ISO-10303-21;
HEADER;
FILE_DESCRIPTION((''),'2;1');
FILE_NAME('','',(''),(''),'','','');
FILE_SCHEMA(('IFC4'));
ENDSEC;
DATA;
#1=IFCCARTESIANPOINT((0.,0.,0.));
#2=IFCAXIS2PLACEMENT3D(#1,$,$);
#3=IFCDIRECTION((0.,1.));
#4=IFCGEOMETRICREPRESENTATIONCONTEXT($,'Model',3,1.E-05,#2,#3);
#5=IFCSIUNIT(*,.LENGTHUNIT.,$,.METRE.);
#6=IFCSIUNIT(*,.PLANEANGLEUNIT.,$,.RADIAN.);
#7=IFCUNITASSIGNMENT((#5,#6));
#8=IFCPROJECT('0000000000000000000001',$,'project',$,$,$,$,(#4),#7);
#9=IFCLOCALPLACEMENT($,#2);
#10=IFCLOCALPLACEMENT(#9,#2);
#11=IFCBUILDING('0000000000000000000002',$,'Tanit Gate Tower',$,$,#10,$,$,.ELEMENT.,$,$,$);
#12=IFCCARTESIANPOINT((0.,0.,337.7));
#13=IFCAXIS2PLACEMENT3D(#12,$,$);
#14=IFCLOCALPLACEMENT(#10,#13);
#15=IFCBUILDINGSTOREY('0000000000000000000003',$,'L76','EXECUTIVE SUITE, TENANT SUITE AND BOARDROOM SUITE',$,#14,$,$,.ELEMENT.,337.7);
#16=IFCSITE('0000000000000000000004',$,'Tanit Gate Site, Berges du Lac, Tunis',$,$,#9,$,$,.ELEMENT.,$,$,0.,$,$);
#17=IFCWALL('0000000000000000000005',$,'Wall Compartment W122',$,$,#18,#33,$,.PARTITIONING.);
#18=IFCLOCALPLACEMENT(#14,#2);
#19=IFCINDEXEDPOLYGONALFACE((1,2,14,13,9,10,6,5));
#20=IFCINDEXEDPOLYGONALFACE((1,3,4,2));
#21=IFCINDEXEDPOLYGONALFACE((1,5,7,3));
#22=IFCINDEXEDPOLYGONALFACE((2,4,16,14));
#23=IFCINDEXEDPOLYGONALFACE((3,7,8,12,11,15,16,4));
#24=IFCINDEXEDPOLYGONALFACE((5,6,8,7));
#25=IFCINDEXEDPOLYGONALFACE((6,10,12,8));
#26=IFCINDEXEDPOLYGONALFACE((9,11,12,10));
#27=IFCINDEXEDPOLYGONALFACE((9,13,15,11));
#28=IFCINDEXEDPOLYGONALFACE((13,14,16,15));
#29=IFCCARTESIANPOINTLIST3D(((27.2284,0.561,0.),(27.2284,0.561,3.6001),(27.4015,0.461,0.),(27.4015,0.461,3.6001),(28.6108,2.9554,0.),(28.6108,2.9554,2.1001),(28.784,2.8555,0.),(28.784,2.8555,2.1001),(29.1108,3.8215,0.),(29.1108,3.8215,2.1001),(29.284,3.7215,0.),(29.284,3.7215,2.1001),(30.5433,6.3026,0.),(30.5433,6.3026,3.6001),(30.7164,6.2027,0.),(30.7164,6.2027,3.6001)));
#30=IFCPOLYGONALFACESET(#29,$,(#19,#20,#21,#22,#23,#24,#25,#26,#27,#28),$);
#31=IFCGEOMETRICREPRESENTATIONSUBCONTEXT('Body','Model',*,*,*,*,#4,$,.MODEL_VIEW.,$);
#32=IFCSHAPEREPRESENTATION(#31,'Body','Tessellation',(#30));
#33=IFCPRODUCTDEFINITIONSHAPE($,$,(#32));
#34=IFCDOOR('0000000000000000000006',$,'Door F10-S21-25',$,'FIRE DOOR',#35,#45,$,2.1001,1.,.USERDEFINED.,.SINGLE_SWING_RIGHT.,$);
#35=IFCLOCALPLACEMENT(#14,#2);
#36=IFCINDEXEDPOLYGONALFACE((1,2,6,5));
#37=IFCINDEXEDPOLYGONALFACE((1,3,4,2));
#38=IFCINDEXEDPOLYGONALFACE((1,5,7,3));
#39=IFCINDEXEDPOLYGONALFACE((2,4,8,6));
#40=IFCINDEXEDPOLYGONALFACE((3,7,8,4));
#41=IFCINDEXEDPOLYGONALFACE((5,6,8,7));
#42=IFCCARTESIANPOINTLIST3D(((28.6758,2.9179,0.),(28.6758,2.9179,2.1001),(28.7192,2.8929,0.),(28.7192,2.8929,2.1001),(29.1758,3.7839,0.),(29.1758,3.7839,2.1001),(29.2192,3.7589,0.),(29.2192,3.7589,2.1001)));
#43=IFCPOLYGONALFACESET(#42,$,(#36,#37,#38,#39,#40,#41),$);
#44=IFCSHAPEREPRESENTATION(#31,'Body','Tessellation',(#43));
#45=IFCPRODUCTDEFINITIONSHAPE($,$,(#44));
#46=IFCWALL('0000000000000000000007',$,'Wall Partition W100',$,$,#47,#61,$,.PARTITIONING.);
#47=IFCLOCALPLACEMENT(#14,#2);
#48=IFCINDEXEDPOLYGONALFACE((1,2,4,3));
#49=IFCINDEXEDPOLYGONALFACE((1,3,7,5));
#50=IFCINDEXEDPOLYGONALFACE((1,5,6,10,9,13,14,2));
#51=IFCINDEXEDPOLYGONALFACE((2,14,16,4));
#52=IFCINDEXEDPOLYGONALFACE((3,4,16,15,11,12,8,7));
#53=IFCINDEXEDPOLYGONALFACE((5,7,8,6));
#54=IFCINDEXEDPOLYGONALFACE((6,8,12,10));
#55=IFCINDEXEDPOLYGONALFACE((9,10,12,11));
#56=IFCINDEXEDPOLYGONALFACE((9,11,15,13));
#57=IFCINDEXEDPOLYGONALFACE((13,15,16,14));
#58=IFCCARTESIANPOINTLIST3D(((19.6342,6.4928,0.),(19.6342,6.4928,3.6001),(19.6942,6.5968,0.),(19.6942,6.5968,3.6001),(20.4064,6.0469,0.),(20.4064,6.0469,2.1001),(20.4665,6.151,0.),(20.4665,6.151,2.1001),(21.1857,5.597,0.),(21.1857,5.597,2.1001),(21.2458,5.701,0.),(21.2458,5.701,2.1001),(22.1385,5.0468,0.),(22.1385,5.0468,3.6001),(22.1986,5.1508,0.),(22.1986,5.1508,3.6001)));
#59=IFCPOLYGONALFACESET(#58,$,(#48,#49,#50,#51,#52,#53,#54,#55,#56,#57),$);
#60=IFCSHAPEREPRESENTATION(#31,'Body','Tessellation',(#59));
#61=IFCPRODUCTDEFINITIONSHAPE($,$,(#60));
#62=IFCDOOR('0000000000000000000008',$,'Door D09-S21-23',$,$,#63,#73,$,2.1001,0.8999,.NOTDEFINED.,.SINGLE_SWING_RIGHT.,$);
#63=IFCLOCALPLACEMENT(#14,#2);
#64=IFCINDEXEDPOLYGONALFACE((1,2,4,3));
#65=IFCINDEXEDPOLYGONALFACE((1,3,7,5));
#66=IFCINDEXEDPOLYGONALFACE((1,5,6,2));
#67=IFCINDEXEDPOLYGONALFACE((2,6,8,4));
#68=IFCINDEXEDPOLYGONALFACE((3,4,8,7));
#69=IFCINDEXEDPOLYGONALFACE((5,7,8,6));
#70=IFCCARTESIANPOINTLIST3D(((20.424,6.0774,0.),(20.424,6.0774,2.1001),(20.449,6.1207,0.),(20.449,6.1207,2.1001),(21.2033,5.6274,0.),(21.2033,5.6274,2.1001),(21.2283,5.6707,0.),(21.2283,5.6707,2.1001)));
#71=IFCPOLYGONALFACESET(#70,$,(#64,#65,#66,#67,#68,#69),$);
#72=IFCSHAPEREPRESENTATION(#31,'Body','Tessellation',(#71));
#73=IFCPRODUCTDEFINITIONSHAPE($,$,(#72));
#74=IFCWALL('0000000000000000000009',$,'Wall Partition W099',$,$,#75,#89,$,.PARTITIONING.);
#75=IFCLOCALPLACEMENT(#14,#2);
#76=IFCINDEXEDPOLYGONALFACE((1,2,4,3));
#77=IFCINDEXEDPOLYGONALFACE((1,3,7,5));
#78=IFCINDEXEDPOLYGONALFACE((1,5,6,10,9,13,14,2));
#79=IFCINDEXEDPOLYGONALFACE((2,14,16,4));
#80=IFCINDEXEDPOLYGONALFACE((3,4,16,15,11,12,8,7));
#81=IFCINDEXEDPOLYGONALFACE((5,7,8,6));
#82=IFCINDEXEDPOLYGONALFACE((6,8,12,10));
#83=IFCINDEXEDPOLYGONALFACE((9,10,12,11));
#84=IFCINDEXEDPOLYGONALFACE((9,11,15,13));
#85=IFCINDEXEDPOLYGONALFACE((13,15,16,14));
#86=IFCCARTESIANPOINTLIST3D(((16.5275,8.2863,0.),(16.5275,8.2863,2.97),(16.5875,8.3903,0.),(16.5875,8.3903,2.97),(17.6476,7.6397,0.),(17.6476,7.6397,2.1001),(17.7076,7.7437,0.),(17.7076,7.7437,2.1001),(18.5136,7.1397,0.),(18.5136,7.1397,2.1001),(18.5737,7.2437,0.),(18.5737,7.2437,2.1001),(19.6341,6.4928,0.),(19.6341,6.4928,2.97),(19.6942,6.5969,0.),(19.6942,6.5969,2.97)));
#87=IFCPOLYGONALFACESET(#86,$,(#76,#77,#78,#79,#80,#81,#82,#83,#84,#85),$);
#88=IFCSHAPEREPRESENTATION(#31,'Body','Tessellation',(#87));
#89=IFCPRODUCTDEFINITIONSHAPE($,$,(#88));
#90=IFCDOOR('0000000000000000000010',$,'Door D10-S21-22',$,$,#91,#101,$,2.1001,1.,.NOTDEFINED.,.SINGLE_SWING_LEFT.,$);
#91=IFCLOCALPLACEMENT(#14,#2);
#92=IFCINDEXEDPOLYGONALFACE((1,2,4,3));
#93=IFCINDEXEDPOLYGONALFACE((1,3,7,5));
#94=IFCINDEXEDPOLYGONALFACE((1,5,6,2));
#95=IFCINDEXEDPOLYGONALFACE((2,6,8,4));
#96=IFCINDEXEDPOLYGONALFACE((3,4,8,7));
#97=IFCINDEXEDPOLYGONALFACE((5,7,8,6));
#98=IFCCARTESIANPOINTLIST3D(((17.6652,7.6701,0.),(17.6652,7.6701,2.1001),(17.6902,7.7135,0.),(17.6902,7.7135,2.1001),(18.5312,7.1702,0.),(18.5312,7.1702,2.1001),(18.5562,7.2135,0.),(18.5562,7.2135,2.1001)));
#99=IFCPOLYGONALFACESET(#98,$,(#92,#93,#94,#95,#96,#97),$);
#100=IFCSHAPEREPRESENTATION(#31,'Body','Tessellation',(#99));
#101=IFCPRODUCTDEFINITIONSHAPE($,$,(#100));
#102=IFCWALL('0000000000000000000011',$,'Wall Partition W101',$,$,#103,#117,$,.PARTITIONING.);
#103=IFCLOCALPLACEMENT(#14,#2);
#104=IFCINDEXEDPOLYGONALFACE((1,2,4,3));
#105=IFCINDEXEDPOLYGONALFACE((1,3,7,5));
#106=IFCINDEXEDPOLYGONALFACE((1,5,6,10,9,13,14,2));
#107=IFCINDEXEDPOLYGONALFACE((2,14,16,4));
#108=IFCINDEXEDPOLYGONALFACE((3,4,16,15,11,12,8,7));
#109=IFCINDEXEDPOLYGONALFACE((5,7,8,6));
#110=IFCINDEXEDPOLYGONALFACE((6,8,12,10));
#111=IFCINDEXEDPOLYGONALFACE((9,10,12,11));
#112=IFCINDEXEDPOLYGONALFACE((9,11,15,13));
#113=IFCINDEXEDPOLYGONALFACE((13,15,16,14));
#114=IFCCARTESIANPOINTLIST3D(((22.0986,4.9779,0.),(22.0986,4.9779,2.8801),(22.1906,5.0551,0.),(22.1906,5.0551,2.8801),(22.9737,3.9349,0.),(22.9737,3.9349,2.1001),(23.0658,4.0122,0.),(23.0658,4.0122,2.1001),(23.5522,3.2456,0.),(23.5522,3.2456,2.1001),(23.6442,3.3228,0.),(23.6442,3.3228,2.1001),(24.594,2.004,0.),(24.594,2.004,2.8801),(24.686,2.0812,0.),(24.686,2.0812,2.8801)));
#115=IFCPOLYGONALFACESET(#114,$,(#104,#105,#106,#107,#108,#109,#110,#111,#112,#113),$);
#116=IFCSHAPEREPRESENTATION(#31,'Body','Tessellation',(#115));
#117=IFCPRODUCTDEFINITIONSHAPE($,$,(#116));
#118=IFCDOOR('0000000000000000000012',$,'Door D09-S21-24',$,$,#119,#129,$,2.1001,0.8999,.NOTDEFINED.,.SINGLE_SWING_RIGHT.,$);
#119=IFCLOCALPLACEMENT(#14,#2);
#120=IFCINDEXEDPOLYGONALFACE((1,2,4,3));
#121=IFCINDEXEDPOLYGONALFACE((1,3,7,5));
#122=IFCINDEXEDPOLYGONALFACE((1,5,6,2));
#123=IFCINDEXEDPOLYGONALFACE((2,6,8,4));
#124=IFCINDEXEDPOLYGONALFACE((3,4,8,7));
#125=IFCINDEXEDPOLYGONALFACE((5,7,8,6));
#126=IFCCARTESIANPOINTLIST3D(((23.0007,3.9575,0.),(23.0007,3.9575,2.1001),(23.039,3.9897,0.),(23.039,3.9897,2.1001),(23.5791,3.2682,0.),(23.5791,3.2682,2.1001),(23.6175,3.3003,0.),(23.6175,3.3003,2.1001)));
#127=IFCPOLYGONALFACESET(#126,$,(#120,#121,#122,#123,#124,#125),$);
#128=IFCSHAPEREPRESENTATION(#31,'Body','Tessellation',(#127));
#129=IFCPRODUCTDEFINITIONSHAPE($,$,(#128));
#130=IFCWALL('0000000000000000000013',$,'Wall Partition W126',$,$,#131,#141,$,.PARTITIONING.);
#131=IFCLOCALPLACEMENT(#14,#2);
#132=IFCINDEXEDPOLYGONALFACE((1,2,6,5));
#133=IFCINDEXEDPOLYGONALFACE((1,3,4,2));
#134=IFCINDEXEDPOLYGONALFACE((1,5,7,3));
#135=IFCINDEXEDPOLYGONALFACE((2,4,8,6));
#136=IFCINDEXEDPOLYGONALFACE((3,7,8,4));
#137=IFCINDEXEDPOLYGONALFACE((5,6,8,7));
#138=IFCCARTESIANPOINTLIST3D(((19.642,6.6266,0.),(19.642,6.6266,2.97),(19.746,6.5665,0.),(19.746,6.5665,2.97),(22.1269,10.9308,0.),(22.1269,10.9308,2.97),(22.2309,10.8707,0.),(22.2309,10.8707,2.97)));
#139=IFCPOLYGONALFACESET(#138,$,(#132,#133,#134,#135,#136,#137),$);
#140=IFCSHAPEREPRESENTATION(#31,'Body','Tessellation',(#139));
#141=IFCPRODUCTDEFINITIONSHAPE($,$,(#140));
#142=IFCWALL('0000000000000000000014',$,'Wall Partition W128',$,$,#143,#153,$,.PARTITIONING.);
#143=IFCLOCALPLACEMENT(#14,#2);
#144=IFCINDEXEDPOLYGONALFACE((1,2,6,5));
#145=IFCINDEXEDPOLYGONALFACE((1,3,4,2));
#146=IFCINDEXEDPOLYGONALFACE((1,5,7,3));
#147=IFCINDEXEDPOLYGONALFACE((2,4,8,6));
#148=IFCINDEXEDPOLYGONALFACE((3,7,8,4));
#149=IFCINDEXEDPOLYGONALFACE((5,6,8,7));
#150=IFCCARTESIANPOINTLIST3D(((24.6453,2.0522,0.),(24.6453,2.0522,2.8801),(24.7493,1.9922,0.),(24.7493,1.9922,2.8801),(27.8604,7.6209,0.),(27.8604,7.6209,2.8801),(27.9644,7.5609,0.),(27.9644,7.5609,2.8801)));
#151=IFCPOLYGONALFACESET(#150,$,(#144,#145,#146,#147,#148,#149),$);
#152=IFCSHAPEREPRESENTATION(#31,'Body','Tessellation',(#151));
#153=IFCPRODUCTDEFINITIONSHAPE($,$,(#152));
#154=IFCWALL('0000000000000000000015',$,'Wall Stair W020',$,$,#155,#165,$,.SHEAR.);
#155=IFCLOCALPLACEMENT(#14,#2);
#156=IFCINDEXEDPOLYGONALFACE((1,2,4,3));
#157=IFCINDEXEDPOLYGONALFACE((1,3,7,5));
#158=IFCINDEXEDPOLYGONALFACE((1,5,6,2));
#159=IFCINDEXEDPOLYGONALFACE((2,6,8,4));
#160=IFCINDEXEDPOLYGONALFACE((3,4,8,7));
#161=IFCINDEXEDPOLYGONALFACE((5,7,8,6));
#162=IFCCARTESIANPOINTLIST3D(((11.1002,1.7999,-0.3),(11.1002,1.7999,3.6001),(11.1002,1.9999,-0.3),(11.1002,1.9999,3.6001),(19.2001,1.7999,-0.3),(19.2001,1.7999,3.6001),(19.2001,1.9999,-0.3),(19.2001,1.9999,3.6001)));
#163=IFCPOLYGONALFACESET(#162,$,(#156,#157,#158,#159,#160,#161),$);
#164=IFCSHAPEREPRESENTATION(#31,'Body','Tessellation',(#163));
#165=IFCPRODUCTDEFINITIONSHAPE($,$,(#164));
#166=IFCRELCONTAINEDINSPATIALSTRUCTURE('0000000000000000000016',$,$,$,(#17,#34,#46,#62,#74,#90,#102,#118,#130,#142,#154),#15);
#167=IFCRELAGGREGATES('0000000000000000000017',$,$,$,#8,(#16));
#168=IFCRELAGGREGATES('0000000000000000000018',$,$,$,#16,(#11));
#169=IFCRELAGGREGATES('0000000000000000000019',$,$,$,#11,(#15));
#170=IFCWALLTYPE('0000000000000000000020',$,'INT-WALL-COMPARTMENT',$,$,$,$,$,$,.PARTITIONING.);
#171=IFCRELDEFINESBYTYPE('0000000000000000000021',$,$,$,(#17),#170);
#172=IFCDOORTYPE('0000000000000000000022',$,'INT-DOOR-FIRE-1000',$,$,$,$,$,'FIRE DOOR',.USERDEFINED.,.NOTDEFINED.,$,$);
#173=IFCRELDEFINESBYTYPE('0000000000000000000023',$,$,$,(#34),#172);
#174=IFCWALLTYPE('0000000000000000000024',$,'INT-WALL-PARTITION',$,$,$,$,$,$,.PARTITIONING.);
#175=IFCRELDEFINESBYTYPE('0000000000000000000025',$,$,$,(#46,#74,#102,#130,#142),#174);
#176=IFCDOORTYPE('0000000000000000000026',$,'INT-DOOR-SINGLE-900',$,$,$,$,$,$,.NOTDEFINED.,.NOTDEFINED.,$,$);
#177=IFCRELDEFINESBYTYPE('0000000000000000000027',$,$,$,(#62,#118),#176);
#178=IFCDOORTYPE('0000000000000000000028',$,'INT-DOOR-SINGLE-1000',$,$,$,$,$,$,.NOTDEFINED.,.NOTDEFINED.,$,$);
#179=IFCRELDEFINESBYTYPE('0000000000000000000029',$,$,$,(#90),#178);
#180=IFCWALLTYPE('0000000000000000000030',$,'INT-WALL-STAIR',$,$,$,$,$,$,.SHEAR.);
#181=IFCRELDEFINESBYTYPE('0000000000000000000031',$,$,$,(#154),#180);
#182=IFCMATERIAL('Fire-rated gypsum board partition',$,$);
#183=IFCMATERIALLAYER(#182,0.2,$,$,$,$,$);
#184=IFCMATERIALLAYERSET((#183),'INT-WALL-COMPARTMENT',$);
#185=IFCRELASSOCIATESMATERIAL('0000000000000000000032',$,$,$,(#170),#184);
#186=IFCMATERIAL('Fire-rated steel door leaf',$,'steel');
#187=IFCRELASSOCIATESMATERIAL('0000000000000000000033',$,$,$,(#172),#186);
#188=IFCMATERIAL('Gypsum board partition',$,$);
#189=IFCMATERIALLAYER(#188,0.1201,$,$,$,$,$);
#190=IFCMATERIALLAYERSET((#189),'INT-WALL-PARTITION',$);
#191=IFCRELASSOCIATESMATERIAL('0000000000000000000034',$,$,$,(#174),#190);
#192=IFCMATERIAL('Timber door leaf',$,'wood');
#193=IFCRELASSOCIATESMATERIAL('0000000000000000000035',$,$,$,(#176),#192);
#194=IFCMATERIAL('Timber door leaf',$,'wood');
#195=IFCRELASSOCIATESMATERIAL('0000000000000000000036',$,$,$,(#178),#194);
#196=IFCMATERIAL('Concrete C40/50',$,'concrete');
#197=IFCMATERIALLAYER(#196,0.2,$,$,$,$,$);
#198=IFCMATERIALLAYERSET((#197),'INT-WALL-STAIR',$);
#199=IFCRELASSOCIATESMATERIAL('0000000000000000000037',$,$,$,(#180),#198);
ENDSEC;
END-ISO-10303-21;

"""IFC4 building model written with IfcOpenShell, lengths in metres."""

from ifc_helpers import new_model, si_unit, direction, frame, frame_2d, origin, place, context, subcontext, project, spatial, rectangle, extrude, material, layer, layer_set, type_object, element, fill, save


model = new_model("IFC4")

# Units and contexts
model_context = context("Model", 3, precision=1e-05, world=origin(), true_north=direction((0.0, 1.0)))
body_context = subcontext(model_context, "Body", "Model", "MODEL_VIEW")
ifc_project = project(units=[si_unit("LENGTHUNIT", "METRE"), si_unit("PLANEANGLEUNIT", "RADIAN")], contexts=[model_context])

# Site, building, storey
site_placement = place(None, origin())
site = spatial("IfcSite", under=ifc_project, at=site_placement, Name="Tanit Gate Site, Berges du Lac, Tunis", CompositionType="ELEMENT", RefElevation=0.0)
building_placement = place(site_placement, origin())
building = spatial("IfcBuilding", under=site, at=building_placement, Name="Tanit Gate Tower", CompositionType="ELEMENT")
storey_placement = place(building_placement, frame((0.0, 0.0, 337.7)))
storey = spatial("IfcBuildingStorey", under=building, at=storey_placement, Name="L76", Description="EXECUTIVE SUITE, TENANT SUITE AND BOARDROOM SUITE", CompositionType="ELEMENT", Elevation=337.7)

# Shared definitions
ifc_material_1 = material(Name="Fire-rated gypsum board partition")
ifc_layer_1 = layer(ifc_material_1, 0.2)
ifc_layer_set_1 = layer_set([ifc_layer_1], Name="INT-WALL-COMPARTMENT")
wall_type_1 = type_object("IfcWallType", Name="INT-WALL-COMPARTMENT", PredefinedType="PARTITIONING", material=ifc_layer_set_1)

# Walls, openings, doors
wall_1_placement = place(storey_placement, frame((27.3149, 0.511, 0.0), z_axis=(0.0, 0.0, 1.0), x_axis=(0.499997, 0.866027, 0.0)))
wall_1 = element("IfcWall", 1, at=wall_1_placement, inside=storey, type_object=wall_type_1, Name="Wall Compartment W122", PredefinedType="PARTITIONING", context=body_context, shape_type="SweptSolid", body=[
    extrude(rectangle(XDim=6.6299, YDim=0.2, at=frame_2d((3.3149, 0.0))), origin(), (0.0, 0.0, 1.0), 3.6001),
])
opening_1_placement = place(wall_1_placement, frame((2.7649, 0.0, 0.0)))
opening_1 = element("IfcOpeningElement", 2, at=opening_1_placement, cuts=wall_1, PredefinedType="OPENING", context=body_context, shape_type="SweptSolid", body=[
    extrude(rectangle(XDim=1.0, YDim=2.1001, at=frame_2d((0.5, 1.05))), frame((0.0, 0.1099, 0.0), z_axis=(0.0, -1.0, 0.0), x_axis=(1.0, 0.0, 0.0)), (0.0, 0.0, 1.0), 0.22),
])
ifc_material_2 = material(Name="Fire-rated steel door leaf", Category="steel")
door_type_1 = type_object("IfcDoorType", Name="INT-DOOR-FIRE-1000", ElementType="FIRE DOOR", OperationType="NOTDEFINED", PredefinedType="USERDEFINED", material=ifc_material_2)
door_1_placement = place(opening_1_placement, origin())
door_1 = element("IfcDoor", 3, at=door_1_placement, inside=storey, type_object=door_type_1, Name="Door F10-S21-25", ObjectType="FIRE DOOR", OperationType="SINGLE_SWING_RIGHT", OverallHeight=2.1001, OverallWidth=1.0, PredefinedType="USERDEFINED", context=body_context, shape_type="SweptSolid", body=[
    extrude(rectangle(XDim=1.0, YDim=2.1001, at=frame_2d((0.5, 1.05))), frame((0.0, 0.0249, 0.0), z_axis=(0.0, -1.0, 0.0), x_axis=(1.0, 0.0, 0.0)), (0.0, 0.0, 1.0), 0.05),
])
fill(opening_1, door_1)
ifc_material_3 = material(Name="Gypsum board partition")
ifc_layer_2 = layer(ifc_material_3, 0.1201)
ifc_layer_set_2 = layer_set([ifc_layer_2], Name="INT-WALL-PARTITION")
wall_type_2 = type_object("IfcWallType", Name="INT-WALL-PARTITION", PredefinedType="PARTITIONING", material=ifc_layer_set_2)
wall_2_placement = place(storey_placement, frame((22.1685, 5.0989, 0.0), z_axis=(0.0, 0.0, 1.0), x_axis=(-0.866006, 0.500034, 0.0)))
wall_2 = element("IfcWall", 4, at=wall_2_placement, inside=storey, type_object=wall_type_2, Name="Wall Partition W100", PredefinedType="PARTITIONING", context=body_context, shape_type="SweptSolid", body=[
    extrude(rectangle(XDim=2.8918, YDim=0.1201, at=frame_2d((1.4458, 0.0))), origin(), (0.0, 0.0, 1.0), 3.6001),
])
opening_2_placement = place(wall_2_placement, frame((1.1001, 0.0, 0.0)))
opening_2 = element("IfcOpeningElement", 5, at=opening_2_placement, cuts=wall_2, PredefinedType="OPENING", context=body_context, shape_type="SweptSolid", body=[
    extrude(rectangle(XDim=0.8999, YDim=2.1001, at=frame_2d((0.45, 1.05))), frame((0.0, 0.0701, 0.0), z_axis=(0.0, -1.0, 0.0), x_axis=(1.0, 0.0, 0.0)), (0.0, 0.0, 1.0), 0.1401),
])
ifc_material_4 = material(Name="Timber door leaf", Category="wood")
door_type_2 = type_object("IfcDoorType", Name="INT-DOOR-SINGLE-900", OperationType="NOTDEFINED", PredefinedType="NOTDEFINED", material=ifc_material_4)
door_2_placement = place(opening_2_placement, origin())
door_2 = element("IfcDoor", 6, at=door_2_placement, inside=storey, type_object=door_type_2, Name="Door D09-S21-23", OperationType="SINGLE_SWING_RIGHT", OverallHeight=2.1001, OverallWidth=0.8999, PredefinedType="NOTDEFINED", context=body_context, shape_type="SweptSolid", body=[
    extrude(rectangle(XDim=0.8999, YDim=2.1001, at=frame_2d((0.45, 1.05))), frame((0.0, 0.0249, 0.0), z_axis=(0.0, -1.0, 0.0), x_axis=(1.0, 0.0, 0.0)), (0.0, 0.0, 1.0), 0.05),
])
fill(opening_2, door_2)
wall_3_placement = place(storey_placement, frame((19.6641, 6.5449, 0.0), z_axis=(0.0, 0.0, 1.0), x_axis=(-0.866048, 0.49996, 0.0)))
wall_3 = element("IfcWall", 7, at=wall_3_placement, inside=storey, type_object=wall_type_2, Name="Wall Partition W099", PredefinedType="PARTITIONING", context=body_context, shape_type="SweptSolid", body=[
    extrude(rectangle(XDim=3.5872, YDim=0.1201, at=frame_2d((1.7935, 0.0))), origin(), (0.0, 0.0, 1.0), 2.97),
])
opening_3_placement = place(wall_3_placement, frame((1.2937, 0.0, 0.0)))
opening_3 = element("IfcOpeningElement", 8, at=opening_3_placement, cuts=wall_3, PredefinedType="OPENING", context=body_context, shape_type="SweptSolid", body=[
    extrude(rectangle(XDim=1.0, YDim=2.1001, at=frame_2d((0.5, 1.05))), frame((0.0, 0.0701, 0.0), z_axis=(0.0, -1.0, 0.0), x_axis=(1.0, 0.0, 0.0)), (0.0, 0.0, 1.0), 0.1401),
])
ifc_material_5 = material(Name="Timber door leaf", Category="wood")
door_type_3 = type_object("IfcDoorType", Name="INT-DOOR-SINGLE-1000", OperationType="NOTDEFINED", PredefinedType="NOTDEFINED", material=ifc_material_5)
door_3_placement = place(opening_3_placement, origin())
door_3 = element("IfcDoor", 9, at=door_3_placement, inside=storey, type_object=door_type_3, Name="Door D10-S21-22", OperationType="SINGLE_SWING_LEFT", OverallHeight=2.1001, OverallWidth=1.0, PredefinedType="NOTDEFINED", context=body_context, shape_type="SweptSolid", body=[
    extrude(rectangle(XDim=1.0, YDim=2.1001, at=frame_2d((0.5, 1.05))), frame((0.0, 0.0249, 0.0), z_axis=(0.0, -1.0, 0.0), x_axis=(1.0, 0.0, 0.0)), (0.0, 0.0, 1.0), 0.05),
])
fill(opening_3, door_3)
wall_4_placement = place(storey_placement, frame((24.6399, 2.0427, 0.0), z_axis=(0.0, 0.0, 1.0), x_axis=(-0.642785, 0.766047, 0.0)))
wall_4 = element("IfcWall", 10, at=wall_4_placement, inside=storey, type_object=wall_type_2, Name="Wall Partition W101", PredefinedType="PARTITIONING", context=body_context, shape_type="SweptSolid", body=[
    extrude(rectangle(XDim=3.8821, YDim=0.1201, at=frame_2d((1.9409, 0.0))), origin(), (0.0, 0.0, 1.0), 2.8801),
])
opening_4_placement = place(wall_4_placement, frame((1.6206, 0.0, 0.0)))
opening_4 = element("IfcOpeningElement", 11, at=opening_4_placement, cuts=wall_4, PredefinedType="OPENING", context=body_context, shape_type="SweptSolid", body=[
    extrude(rectangle(XDim=0.8999, YDim=2.1001, at=frame_2d((0.45, 1.05))), frame((0.0, 0.0701, 0.0), z_axis=(0.0, -1.0, 0.0), x_axis=(1.0, 0.0, 0.0)), (0.0, 0.0, 1.0), 0.1401),
])
door_4_placement = place(opening_4_placement, origin())
door_4 = element("IfcDoor", 12, at=door_4_placement, inside=storey, type_object=door_type_2, Name="Door D09-S21-24", OperationType="SINGLE_SWING_RIGHT", OverallHeight=2.1001, OverallWidth=0.8999, PredefinedType="NOTDEFINED", context=body_context, shape_type="SweptSolid", body=[
    extrude(rectangle(XDim=0.8999, YDim=2.1001, at=frame_2d((0.45, 1.05))), frame((0.0, 0.0249, 0.0), z_axis=(0.0, -1.0, 0.0), x_axis=(1.0, 0.0, 0.0)), (0.0, 0.0, 1.0), 0.05),
])
fill(opening_4, door_4)

# Walls
wall_5_placement = place(storey_placement, frame((19.6941, 6.5967, 0.0), z_axis=(0.0, 0.0, 1.0), x_axis=(0.499975, 0.86604, 0.0)))
element("IfcWall", 13, at=wall_5_placement, inside=storey, type_object=wall_type_2, Name="Wall Partition W126", PredefinedType="PARTITIONING", context=body_context, shape_type="SweptSolid", body=[
    extrude(rectangle(XDim=4.97, YDim=0.1201, at=frame_2d((2.4849, 0.0))), origin(), (0.0, 0.0, 1.0), 2.97),
])
wall_6_placement = place(storey_placement, frame((24.6973, 2.0222, 0.0), z_axis=(0.0, 0.0, 1.0), x_axis=(0.500006, 0.866022, 0.0)))
element("IfcWall", 14, at=wall_6_placement, inside=storey, type_object=wall_type_2, Name="Wall Partition W128", PredefinedType="PARTITIONING", context=body_context, shape_type="SweptSolid", body=[
    extrude(rectangle(XDim=6.4302, YDim=0.1201, at=frame_2d((3.2151, 0.0))), origin(), (0.0, 0.0, 1.0), 2.8801),
])
ifc_material_6 = material(Name="Concrete C40/50", Category="concrete")
ifc_layer_3 = layer(ifc_material_6, 0.2)
ifc_layer_set_3 = layer_set([ifc_layer_3], Name="INT-WALL-STAIR")
wall_type_3 = type_object("IfcWallType", Name="INT-WALL-STAIR", PredefinedType="SHEAR", material=ifc_layer_set_3)
wall_7_placement = place(storey_placement, frame((19.2, 1.8999, -0.3), z_axis=(0.0, 0.0, 1.0), x_axis=(-1.0, 0.0, 0.0)))
element("IfcWall", 15, at=wall_7_placement, inside=storey, type_object=wall_type_3, Name="Wall Stair W020", PredefinedType="SHEAR", context=body_context, shape_type="SweptSolid", body=[
    extrude(rectangle(XDim=8.0999, YDim=0.2, at=frame_2d((4.0498, 0.0))), origin(), (0.0, 0.0, 1.0), 3.9001),
])

save(model, "model.ifc")
